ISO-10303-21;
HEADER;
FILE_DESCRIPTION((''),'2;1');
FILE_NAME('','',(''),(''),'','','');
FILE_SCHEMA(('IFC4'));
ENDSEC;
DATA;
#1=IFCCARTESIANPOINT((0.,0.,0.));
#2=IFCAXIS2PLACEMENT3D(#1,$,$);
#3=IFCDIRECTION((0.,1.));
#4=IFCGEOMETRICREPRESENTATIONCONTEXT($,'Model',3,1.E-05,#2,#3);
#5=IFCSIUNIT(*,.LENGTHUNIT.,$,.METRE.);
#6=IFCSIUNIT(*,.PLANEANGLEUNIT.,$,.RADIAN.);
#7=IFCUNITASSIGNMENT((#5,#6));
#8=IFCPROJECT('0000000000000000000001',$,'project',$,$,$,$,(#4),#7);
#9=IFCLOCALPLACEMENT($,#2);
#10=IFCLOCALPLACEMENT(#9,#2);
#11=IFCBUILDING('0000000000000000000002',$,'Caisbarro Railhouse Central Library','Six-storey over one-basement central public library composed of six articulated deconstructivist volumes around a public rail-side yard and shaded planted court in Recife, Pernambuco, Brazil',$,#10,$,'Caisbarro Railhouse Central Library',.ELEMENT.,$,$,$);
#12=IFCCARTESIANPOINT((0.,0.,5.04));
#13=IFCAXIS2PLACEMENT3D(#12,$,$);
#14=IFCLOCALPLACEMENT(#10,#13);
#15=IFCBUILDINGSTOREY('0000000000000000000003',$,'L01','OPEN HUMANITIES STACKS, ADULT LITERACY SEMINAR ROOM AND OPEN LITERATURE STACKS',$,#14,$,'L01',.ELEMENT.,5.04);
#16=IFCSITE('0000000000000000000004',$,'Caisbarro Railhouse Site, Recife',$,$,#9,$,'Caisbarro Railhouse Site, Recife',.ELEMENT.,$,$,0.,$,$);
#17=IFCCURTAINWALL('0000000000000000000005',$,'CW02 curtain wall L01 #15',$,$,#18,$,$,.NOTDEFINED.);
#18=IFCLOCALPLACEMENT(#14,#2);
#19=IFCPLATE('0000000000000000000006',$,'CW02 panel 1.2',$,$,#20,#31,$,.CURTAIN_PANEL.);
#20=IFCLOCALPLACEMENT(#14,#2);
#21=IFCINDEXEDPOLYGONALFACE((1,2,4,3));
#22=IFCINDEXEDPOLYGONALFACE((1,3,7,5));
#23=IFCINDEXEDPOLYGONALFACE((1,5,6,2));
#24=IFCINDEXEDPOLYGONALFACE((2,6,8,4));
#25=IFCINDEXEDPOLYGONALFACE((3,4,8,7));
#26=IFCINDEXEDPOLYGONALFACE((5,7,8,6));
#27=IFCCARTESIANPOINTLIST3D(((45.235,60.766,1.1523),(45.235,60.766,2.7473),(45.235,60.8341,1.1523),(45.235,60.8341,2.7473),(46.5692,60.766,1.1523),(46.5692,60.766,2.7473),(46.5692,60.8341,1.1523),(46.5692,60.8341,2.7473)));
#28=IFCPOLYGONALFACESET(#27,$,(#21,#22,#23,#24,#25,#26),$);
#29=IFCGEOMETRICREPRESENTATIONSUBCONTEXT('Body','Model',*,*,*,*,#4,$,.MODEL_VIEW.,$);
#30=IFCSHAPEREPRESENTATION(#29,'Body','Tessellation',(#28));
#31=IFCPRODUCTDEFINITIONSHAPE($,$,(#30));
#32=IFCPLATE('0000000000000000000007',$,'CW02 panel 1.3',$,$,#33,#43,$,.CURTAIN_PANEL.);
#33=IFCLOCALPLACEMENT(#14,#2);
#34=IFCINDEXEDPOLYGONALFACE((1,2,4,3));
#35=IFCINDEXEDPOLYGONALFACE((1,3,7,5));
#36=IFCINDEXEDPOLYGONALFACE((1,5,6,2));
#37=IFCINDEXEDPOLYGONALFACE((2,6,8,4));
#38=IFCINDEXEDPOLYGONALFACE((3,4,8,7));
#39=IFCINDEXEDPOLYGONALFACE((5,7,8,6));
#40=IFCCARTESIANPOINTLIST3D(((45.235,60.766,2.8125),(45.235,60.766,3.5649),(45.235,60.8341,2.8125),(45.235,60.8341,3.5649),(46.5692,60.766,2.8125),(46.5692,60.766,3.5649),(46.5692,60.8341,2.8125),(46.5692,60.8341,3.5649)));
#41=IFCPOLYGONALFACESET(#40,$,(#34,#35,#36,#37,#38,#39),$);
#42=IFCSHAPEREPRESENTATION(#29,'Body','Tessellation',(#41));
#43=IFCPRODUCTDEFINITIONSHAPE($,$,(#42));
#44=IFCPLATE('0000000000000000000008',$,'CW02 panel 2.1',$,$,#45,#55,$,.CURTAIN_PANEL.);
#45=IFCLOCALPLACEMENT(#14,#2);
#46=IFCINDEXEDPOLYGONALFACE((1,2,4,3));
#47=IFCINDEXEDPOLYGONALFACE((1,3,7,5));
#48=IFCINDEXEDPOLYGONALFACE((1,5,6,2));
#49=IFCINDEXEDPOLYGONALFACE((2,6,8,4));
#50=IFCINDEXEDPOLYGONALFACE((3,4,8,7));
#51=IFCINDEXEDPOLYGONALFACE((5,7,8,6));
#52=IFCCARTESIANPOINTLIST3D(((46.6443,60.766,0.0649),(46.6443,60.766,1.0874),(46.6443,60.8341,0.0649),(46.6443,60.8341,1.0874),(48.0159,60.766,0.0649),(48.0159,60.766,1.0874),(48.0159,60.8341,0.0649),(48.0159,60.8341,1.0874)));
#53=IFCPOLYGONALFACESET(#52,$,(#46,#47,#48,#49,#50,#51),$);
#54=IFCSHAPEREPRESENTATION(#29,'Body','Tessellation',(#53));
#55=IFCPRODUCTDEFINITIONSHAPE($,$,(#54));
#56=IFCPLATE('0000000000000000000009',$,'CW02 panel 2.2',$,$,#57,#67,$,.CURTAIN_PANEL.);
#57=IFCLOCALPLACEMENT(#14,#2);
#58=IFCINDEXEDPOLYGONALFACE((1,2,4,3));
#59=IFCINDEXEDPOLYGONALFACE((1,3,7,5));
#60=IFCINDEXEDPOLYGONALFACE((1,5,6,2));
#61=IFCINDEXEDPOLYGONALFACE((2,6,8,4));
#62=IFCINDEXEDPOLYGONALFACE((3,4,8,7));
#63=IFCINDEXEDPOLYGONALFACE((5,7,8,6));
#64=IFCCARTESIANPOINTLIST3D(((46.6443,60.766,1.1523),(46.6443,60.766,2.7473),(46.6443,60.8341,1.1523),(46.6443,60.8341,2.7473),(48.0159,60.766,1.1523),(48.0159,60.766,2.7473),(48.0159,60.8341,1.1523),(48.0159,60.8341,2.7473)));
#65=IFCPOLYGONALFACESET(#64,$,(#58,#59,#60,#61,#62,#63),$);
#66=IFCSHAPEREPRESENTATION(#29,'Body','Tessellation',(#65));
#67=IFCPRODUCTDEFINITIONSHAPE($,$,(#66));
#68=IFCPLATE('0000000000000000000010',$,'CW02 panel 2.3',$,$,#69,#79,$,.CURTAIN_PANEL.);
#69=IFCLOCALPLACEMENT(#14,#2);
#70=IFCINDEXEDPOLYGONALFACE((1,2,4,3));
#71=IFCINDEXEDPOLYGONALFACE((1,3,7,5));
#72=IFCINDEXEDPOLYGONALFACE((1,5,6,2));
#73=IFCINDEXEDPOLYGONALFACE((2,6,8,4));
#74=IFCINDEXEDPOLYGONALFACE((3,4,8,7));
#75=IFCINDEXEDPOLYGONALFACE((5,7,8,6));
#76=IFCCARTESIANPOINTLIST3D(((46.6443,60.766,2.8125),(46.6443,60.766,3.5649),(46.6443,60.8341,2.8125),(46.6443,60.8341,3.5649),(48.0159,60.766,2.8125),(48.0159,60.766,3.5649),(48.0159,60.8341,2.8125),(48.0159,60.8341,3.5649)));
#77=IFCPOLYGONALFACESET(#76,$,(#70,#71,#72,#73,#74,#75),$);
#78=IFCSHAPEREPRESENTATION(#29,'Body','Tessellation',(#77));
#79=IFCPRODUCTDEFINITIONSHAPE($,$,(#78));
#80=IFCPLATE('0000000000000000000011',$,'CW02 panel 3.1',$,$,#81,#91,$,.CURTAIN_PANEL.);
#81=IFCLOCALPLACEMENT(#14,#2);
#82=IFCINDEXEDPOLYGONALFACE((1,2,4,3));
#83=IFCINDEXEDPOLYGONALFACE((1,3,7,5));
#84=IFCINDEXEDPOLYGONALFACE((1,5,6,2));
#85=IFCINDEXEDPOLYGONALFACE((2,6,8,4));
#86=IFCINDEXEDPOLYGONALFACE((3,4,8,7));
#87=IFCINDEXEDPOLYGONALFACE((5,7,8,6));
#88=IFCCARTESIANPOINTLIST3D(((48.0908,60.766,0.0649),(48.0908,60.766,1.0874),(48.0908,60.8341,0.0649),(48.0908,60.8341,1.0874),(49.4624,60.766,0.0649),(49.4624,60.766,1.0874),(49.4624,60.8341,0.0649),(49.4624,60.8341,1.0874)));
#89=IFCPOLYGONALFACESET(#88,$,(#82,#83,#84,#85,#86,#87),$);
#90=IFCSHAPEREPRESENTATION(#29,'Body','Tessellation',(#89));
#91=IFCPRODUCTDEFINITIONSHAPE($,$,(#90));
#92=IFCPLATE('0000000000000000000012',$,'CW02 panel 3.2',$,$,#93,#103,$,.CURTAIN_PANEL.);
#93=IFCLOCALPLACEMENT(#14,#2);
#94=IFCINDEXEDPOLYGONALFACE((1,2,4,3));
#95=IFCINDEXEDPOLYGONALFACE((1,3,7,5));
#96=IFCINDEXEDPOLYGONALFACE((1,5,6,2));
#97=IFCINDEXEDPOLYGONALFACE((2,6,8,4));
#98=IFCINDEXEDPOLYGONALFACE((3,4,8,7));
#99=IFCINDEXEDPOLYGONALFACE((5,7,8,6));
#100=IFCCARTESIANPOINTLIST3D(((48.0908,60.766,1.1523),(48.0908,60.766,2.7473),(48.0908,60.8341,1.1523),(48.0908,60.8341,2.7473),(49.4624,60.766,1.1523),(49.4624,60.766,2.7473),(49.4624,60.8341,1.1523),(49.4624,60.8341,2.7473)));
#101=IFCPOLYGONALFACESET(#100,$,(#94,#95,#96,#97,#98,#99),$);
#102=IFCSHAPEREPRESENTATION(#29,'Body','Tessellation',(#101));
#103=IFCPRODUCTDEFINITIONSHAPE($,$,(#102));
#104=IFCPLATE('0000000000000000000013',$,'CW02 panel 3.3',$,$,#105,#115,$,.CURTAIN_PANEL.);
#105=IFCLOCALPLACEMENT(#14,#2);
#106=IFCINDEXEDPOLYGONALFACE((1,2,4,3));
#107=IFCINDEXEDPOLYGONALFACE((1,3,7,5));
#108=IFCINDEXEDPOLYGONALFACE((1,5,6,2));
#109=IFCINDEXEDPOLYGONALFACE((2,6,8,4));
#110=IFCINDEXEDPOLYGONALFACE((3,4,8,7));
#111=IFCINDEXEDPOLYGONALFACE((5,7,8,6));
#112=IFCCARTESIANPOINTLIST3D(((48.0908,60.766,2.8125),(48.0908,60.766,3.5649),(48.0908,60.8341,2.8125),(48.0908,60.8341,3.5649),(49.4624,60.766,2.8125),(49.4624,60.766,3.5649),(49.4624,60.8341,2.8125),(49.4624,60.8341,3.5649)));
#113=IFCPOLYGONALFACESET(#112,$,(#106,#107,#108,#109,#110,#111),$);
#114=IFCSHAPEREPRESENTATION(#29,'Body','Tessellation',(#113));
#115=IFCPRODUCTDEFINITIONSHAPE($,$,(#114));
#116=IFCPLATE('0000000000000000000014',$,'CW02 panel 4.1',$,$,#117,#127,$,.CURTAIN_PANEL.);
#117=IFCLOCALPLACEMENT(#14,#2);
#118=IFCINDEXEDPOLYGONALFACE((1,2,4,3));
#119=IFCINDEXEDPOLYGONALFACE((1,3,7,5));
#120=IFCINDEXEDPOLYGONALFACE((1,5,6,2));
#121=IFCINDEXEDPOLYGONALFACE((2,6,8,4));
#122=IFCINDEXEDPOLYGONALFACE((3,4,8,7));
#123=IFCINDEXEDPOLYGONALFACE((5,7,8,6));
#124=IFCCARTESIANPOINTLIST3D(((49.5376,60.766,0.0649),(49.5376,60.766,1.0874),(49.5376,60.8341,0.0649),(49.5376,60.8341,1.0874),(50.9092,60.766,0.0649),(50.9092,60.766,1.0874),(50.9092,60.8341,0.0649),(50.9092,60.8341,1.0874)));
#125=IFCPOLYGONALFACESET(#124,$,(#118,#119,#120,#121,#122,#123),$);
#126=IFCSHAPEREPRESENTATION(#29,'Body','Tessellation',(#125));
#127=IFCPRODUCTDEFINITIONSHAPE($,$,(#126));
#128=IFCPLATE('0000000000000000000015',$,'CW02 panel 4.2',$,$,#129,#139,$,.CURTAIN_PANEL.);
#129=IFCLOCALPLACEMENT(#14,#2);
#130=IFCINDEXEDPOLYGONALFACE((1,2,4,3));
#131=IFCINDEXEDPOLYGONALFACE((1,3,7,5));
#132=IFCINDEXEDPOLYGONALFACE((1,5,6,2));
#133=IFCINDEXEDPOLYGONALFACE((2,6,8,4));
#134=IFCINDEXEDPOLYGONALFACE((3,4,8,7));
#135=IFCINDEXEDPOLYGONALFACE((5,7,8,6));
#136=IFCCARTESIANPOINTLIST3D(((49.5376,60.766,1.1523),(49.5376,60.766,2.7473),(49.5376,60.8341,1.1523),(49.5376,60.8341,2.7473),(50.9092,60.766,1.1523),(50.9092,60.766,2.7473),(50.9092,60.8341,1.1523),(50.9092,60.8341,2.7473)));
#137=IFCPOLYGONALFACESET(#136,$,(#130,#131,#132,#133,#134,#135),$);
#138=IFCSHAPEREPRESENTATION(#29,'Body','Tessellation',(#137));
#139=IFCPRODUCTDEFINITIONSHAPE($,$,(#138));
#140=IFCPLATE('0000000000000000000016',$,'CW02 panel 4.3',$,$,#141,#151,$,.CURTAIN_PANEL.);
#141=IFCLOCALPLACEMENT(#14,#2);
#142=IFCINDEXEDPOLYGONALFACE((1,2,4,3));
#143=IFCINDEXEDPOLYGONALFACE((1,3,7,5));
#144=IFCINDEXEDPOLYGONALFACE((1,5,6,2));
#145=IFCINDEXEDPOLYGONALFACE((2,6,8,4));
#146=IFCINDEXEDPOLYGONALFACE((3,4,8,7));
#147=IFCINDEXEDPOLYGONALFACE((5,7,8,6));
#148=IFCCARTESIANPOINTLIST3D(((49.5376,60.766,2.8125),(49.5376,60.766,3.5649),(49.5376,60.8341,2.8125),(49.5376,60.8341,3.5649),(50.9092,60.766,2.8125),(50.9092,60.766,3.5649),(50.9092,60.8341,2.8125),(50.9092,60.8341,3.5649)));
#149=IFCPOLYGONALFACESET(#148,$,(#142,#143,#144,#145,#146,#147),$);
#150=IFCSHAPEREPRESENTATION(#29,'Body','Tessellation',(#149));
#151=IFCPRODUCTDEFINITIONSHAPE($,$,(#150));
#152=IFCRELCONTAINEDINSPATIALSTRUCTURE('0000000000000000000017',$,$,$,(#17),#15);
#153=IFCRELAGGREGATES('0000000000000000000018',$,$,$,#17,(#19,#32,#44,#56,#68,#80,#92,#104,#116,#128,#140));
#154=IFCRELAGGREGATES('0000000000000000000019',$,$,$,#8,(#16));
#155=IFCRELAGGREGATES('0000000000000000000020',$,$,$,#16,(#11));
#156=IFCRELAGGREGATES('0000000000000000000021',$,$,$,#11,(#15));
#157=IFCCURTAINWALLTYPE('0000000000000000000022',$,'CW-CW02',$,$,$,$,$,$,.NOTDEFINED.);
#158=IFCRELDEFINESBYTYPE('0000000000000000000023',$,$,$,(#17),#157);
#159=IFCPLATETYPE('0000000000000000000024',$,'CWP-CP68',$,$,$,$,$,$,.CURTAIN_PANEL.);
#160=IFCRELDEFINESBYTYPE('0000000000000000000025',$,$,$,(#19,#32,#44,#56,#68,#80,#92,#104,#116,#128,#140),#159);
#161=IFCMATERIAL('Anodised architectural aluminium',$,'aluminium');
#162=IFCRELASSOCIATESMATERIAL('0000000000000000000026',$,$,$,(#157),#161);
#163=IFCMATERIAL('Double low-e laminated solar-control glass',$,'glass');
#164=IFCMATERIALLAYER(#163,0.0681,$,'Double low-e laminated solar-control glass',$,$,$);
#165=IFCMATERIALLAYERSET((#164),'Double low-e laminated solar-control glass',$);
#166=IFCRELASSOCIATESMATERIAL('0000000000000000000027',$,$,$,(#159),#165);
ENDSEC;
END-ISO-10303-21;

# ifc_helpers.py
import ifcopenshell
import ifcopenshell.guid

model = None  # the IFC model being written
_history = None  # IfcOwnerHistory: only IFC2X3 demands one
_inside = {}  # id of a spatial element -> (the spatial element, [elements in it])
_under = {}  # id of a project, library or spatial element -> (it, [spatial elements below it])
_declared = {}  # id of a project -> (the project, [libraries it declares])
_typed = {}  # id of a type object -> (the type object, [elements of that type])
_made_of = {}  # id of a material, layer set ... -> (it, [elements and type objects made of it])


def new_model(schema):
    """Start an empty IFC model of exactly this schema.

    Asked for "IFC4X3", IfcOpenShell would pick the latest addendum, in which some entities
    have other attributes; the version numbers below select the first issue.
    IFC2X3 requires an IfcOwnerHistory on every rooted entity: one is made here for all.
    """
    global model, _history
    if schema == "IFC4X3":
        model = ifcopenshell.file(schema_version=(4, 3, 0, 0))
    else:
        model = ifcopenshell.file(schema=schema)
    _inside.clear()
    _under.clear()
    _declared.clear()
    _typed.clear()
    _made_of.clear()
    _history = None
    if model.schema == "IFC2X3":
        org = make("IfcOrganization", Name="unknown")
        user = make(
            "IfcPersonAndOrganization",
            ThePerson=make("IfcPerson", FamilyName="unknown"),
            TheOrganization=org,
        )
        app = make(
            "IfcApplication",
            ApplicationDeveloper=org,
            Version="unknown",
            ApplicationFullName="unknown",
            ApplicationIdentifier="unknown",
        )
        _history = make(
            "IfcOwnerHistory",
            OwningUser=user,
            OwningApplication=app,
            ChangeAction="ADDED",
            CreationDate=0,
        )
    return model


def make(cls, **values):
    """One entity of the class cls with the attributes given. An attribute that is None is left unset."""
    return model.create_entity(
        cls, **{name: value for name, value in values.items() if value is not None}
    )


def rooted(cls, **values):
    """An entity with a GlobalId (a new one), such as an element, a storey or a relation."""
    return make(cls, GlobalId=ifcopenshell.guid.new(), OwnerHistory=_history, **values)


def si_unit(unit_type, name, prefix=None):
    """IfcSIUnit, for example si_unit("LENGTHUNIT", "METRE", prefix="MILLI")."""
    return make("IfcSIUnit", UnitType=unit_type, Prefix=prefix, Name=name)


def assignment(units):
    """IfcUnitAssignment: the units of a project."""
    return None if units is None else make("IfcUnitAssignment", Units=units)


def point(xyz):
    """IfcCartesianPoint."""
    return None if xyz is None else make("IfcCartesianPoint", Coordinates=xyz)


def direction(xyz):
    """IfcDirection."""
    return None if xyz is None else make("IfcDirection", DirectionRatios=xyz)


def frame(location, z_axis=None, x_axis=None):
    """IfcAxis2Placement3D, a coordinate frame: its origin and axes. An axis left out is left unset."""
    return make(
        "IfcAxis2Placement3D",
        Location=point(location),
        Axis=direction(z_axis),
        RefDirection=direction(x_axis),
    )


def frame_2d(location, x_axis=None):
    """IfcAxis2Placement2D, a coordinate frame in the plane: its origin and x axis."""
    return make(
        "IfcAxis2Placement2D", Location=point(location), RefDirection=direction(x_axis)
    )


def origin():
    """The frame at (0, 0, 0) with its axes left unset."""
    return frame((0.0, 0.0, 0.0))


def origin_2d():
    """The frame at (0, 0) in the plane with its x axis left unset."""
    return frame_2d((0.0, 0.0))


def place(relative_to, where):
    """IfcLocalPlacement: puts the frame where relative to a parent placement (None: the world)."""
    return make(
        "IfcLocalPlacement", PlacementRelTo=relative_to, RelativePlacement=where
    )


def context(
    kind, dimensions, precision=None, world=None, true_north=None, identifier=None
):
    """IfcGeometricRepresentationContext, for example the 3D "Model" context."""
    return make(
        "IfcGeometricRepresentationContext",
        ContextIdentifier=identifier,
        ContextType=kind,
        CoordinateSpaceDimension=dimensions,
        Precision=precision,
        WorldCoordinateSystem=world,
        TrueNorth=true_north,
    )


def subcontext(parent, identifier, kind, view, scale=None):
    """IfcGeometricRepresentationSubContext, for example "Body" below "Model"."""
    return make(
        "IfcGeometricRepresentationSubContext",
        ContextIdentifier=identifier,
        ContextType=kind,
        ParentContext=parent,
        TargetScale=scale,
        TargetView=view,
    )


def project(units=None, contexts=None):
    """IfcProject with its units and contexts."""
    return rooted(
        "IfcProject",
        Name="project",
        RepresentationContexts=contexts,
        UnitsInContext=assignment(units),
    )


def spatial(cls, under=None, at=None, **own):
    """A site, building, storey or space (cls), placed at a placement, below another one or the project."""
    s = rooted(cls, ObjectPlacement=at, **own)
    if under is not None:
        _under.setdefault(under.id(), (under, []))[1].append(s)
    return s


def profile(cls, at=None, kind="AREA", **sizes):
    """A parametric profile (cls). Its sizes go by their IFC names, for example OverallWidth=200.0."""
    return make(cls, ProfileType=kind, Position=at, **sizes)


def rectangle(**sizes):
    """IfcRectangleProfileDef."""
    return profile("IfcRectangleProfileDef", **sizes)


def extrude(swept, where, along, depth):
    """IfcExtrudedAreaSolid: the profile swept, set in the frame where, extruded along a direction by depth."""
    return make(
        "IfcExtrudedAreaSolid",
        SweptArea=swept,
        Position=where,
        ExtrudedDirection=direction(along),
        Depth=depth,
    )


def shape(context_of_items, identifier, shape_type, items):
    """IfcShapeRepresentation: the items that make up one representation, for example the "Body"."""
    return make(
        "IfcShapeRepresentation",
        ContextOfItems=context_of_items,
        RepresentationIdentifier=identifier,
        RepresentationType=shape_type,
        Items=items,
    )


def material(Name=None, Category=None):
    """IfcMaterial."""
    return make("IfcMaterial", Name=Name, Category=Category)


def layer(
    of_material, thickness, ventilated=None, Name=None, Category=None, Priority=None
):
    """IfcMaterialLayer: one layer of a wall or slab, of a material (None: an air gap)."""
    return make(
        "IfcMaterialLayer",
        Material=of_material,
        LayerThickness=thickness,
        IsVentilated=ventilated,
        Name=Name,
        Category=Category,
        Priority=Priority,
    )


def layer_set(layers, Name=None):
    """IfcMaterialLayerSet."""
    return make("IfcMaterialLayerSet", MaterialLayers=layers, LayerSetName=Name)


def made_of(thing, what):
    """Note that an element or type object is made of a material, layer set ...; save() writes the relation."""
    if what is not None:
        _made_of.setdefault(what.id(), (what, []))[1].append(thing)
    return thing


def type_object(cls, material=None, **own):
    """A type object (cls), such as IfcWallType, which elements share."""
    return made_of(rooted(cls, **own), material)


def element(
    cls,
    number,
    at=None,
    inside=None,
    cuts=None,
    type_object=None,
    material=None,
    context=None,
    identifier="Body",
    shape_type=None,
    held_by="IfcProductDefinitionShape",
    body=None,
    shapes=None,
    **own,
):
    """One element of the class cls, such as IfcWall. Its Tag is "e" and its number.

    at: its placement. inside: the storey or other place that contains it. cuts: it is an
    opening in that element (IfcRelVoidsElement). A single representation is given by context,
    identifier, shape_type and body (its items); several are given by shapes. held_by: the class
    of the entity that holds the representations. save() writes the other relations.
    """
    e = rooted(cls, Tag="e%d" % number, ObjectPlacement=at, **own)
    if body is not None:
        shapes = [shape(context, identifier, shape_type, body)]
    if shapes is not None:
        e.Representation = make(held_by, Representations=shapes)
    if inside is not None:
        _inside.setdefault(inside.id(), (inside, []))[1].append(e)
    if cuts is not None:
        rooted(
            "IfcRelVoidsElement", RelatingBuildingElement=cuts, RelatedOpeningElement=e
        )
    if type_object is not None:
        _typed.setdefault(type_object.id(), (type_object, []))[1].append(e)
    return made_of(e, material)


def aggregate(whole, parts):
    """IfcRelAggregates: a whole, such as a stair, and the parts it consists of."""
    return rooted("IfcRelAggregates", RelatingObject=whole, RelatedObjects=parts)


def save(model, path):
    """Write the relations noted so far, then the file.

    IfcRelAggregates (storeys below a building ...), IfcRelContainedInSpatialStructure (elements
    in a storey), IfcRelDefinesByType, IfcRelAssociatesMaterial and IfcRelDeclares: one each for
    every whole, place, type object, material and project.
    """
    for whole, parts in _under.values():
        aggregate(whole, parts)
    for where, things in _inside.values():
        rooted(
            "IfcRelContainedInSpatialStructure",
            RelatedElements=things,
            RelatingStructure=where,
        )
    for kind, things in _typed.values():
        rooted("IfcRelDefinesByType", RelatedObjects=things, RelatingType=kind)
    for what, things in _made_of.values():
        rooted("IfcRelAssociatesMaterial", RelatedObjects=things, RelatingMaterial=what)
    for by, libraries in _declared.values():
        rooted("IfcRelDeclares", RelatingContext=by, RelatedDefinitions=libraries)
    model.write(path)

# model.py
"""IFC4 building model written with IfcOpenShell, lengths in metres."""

from ifc_helpers import new_model, si_unit, direction, frame, origin, origin_2d, place, context, subcontext, project, spatial, rectangle, extrude, material, layer, layer_set, type_object, element, aggregate, save


model = new_model("IFC4")

# Units and contexts
model_context = context("Model", 3, precision=1e-05, world=origin(), true_north=direction((0.0, 1.0)))
body_context = subcontext(model_context, "Body", "Model", "MODEL_VIEW")
ifc_project = project(units=[si_unit("LENGTHUNIT", "METRE"), si_unit("PLANEANGLEUNIT", "RADIAN")], contexts=[model_context])

# Site, building, storey
site_placement = place(None, origin())
site = spatial("IfcSite", under=ifc_project, at=site_placement, Name="Caisbarro Railhouse Site, Recife", LongName="Caisbarro Railhouse Site, Recife", CompositionType="ELEMENT", RefElevation=0.0)
building_placement = place(site_placement, origin())
building = spatial("IfcBuilding", under=site, at=building_placement, Name="Caisbarro Railhouse Central Library", Description="Six-storey over one-basement central public library composed of six articulated deconstructivist volumes around a public rail-side yard and shaded planted court in Recife, Pernambuco, Brazil", LongName="Caisbarro Railhouse Central Library", CompositionType="ELEMENT")
storey_placement = place(building_placement, frame((0.0, 0.0, 5.04)))
storey = spatial("IfcBuildingStorey", under=building, at=storey_placement, Name="L01", Description="OPEN HUMANITIES STACKS, ADULT LITERACY SEMINAR ROOM AND OPEN LITERATURE STACKS", LongName="L01", CompositionType="ELEMENT", Elevation=5.04)

# Curtain wall, plates
ifc_material_1 = material(Name="Anodised architectural aluminium", Category="aluminium")
curtain_wall_type = type_object("IfcCurtainWallType", Name="CW-CW02", PredefinedType="NOTDEFINED", material=ifc_material_1)
curtain_wall_placement = place(storey_placement, origin())
curtain_wall = element("IfcCurtainWall", 1, at=curtain_wall_placement, inside=storey, type_object=curtain_wall_type, Name="CW02 curtain wall L01 #15", PredefinedType="NOTDEFINED")
ifc_material_2 = material(Name="Double low-e laminated solar-control glass", Category="glass")
ifc_layer = layer(ifc_material_2, 0.0681, Name="Double low-e laminated solar-control glass")
ifc_layer_set = layer_set([ifc_layer], Name="Double low-e laminated solar-control glass")
plate_type = type_object("IfcPlateType", Name="CWP-CP68", PredefinedType="CURTAIN_PANEL", material=ifc_layer_set)
plate_1_placement = place(storey_placement, frame((45.9021, 60.8, 1.1523), z_axis=(0.0, 0.0, 1.0), x_axis=(1.0, 0.0, 0.0)))
plate_1 = element("IfcPlate", 2, at=plate_1_placement, type_object=plate_type, Name="CW02 panel 1.2", PredefinedType="CURTAIN_PANEL", context=body_context, shape_type="SweptSolid", body=[
    extrude(rectangle(XDim=1.3342, YDim=0.0681, at=origin_2d()), origin(), (0.0, 0.0, 1.0), 1.595),
])
plate_2_placement = place(storey_placement, frame((45.9021, 60.8, 2.8125), z_axis=(0.0, 0.0, 1.0), x_axis=(1.0, 0.0, 0.0)))
plate_2 = element("IfcPlate", 3, at=plate_2_placement, type_object=plate_type, Name="CW02 panel 1.3", PredefinedType="CURTAIN_PANEL", context=body_context, shape_type="SweptSolid", body=[
    extrude(rectangle(XDim=1.3342, YDim=0.0681, at=origin_2d()), origin(), (0.0, 0.0, 1.0), 0.7524),
])
plate_3_placement = place(storey_placement, frame((47.3301, 60.8, 0.0649), z_axis=(0.0, 0.0, 1.0), x_axis=(1.0, 0.0, 0.0)))
plate_3 = element("IfcPlate", 4, at=plate_3_placement, type_object=plate_type, Name="CW02 panel 2.1", PredefinedType="CURTAIN_PANEL", context=body_context, shape_type="SweptSolid", body=[
    extrude(rectangle(XDim=1.3716, YDim=0.0681, at=origin_2d()), origin(), (0.0, 0.0, 1.0), 1.0225),
])
plate_4_placement = place(storey_placement, frame((47.3301, 60.8, 1.1523), z_axis=(0.0, 0.0, 1.0), x_axis=(1.0, 0.0, 0.0)))
plate_4 = element("IfcPlate", 5, at=plate_4_placement, type_object=plate_type, Name="CW02 panel 2.2", PredefinedType="CURTAIN_PANEL", context=body_context, shape_type="SweptSolid", body=[
    extrude(rectangle(XDim=1.3716, YDim=0.0681, at=origin_2d()), origin(), (0.0, 0.0, 1.0), 1.595),
])
plate_5_placement = place(storey_placement, frame((47.3301, 60.8, 2.8125), z_axis=(0.0, 0.0, 1.0), x_axis=(1.0, 0.0, 0.0)))
plate_5 = element("IfcPlate", 6, at=plate_5_placement, type_object=plate_type, Name="CW02 panel 2.3", PredefinedType="CURTAIN_PANEL", context=body_context, shape_type="SweptSolid", body=[
    extrude(rectangle(XDim=1.3716, YDim=0.0681, at=origin_2d()), origin(), (0.0, 0.0, 1.0), 0.7524),
])
plate_6_placement = place(storey_placement, frame((48.7766, 60.8, 0.0649), z_axis=(0.0, 0.0, 1.0), x_axis=(1.0, 0.0, 0.0)))
plate_6 = element("IfcPlate", 7, at=plate_6_placement, type_object=plate_type, Name="CW02 panel 3.1", PredefinedType="CURTAIN_PANEL", context=body_context, shape_type="SweptSolid", body=[
    extrude(rectangle(XDim=1.3716, YDim=0.0681, at=origin_2d()), origin(), (0.0, 0.0, 1.0), 1.0225),
])
plate_7_placement = place(storey_placement, frame((48.7766, 60.8, 1.1523), z_axis=(0.0, 0.0, 1.0), x_axis=(1.0, 0.0, 0.0)))
plate_7 = element("IfcPlate", 8, at=plate_7_placement, type_object=plate_type, Name="CW02 panel 3.2", PredefinedType="CURTAIN_PANEL", context=body_context, shape_type="SweptSolid", body=[
    extrude(rectangle(XDim=1.3716, YDim=0.0681, at=origin_2d()), origin(), (0.0, 0.0, 1.0), 1.595),
])
plate_8_placement = place(storey_placement, frame((48.7766, 60.8, 2.8125), z_axis=(0.0, 0.0, 1.0), x_axis=(1.0, 0.0, 0.0)))
plate_8 = element("IfcPlate", 9, at=plate_8_placement, type_object=plate_type, Name="CW02 panel 3.3", PredefinedType="CURTAIN_PANEL", context=body_context, shape_type="SweptSolid", body=[
    extrude(rectangle(XDim=1.3716, YDim=0.0681, at=origin_2d()), origin(), (0.0, 0.0, 1.0), 0.7524),
])
plate_9_placement = place(storey_placement, frame((50.2234, 60.8, 0.0649), z_axis=(0.0, 0.0, 1.0), x_axis=(1.0, 0.0, 0.0)))
plate_9 = element("IfcPlate", 10, at=plate_9_placement, type_object=plate_type, Name="CW02 panel 4.1", PredefinedType="CURTAIN_PANEL", context=body_context, shape_type="SweptSolid", body=[
    extrude(rectangle(XDim=1.3716, YDim=0.0681, at=origin_2d()), origin(), (0.0, 0.0, 1.0), 1.0225),
])
plate_10_placement = place(storey_placement, frame((50.2234, 60.8, 1.1523), z_axis=(0.0, 0.0, 1.0), x_axis=(1.0, 0.0, 0.0)))
plate_10 = element("IfcPlate", 11, at=plate_10_placement, type_object=plate_type, Name="CW02 panel 4.2", PredefinedType="CURTAIN_PANEL", context=body_context, shape_type="SweptSolid", body=[
    extrude(rectangle(XDim=1.3716, YDim=0.0681, at=origin_2d()), origin(), (0.0, 0.0, 1.0), 1.595),
])
plate_11_placement = place(storey_placement, frame((50.2234, 60.8, 2.8125), z_axis=(0.0, 0.0, 1.0), x_axis=(1.0, 0.0, 0.0)))
plate_11 = element("IfcPlate", 12, at=plate_11_placement, type_object=plate_type, Name="CW02 panel 4.3", PredefinedType="CURTAIN_PANEL", context=body_context, shape_type="SweptSolid", body=[
    extrude(rectangle(XDim=1.3716, YDim=0.0681, at=origin_2d()), origin(), (0.0, 0.0, 1.0), 0.7524),
])
aggregate(curtain_wall, [plate_1, plate_2, plate_3, plate_4, plate_5, plate_6, plate_7, plate_8, plate_9, plate_10, plate_11])

save(model, "model.ifc")
